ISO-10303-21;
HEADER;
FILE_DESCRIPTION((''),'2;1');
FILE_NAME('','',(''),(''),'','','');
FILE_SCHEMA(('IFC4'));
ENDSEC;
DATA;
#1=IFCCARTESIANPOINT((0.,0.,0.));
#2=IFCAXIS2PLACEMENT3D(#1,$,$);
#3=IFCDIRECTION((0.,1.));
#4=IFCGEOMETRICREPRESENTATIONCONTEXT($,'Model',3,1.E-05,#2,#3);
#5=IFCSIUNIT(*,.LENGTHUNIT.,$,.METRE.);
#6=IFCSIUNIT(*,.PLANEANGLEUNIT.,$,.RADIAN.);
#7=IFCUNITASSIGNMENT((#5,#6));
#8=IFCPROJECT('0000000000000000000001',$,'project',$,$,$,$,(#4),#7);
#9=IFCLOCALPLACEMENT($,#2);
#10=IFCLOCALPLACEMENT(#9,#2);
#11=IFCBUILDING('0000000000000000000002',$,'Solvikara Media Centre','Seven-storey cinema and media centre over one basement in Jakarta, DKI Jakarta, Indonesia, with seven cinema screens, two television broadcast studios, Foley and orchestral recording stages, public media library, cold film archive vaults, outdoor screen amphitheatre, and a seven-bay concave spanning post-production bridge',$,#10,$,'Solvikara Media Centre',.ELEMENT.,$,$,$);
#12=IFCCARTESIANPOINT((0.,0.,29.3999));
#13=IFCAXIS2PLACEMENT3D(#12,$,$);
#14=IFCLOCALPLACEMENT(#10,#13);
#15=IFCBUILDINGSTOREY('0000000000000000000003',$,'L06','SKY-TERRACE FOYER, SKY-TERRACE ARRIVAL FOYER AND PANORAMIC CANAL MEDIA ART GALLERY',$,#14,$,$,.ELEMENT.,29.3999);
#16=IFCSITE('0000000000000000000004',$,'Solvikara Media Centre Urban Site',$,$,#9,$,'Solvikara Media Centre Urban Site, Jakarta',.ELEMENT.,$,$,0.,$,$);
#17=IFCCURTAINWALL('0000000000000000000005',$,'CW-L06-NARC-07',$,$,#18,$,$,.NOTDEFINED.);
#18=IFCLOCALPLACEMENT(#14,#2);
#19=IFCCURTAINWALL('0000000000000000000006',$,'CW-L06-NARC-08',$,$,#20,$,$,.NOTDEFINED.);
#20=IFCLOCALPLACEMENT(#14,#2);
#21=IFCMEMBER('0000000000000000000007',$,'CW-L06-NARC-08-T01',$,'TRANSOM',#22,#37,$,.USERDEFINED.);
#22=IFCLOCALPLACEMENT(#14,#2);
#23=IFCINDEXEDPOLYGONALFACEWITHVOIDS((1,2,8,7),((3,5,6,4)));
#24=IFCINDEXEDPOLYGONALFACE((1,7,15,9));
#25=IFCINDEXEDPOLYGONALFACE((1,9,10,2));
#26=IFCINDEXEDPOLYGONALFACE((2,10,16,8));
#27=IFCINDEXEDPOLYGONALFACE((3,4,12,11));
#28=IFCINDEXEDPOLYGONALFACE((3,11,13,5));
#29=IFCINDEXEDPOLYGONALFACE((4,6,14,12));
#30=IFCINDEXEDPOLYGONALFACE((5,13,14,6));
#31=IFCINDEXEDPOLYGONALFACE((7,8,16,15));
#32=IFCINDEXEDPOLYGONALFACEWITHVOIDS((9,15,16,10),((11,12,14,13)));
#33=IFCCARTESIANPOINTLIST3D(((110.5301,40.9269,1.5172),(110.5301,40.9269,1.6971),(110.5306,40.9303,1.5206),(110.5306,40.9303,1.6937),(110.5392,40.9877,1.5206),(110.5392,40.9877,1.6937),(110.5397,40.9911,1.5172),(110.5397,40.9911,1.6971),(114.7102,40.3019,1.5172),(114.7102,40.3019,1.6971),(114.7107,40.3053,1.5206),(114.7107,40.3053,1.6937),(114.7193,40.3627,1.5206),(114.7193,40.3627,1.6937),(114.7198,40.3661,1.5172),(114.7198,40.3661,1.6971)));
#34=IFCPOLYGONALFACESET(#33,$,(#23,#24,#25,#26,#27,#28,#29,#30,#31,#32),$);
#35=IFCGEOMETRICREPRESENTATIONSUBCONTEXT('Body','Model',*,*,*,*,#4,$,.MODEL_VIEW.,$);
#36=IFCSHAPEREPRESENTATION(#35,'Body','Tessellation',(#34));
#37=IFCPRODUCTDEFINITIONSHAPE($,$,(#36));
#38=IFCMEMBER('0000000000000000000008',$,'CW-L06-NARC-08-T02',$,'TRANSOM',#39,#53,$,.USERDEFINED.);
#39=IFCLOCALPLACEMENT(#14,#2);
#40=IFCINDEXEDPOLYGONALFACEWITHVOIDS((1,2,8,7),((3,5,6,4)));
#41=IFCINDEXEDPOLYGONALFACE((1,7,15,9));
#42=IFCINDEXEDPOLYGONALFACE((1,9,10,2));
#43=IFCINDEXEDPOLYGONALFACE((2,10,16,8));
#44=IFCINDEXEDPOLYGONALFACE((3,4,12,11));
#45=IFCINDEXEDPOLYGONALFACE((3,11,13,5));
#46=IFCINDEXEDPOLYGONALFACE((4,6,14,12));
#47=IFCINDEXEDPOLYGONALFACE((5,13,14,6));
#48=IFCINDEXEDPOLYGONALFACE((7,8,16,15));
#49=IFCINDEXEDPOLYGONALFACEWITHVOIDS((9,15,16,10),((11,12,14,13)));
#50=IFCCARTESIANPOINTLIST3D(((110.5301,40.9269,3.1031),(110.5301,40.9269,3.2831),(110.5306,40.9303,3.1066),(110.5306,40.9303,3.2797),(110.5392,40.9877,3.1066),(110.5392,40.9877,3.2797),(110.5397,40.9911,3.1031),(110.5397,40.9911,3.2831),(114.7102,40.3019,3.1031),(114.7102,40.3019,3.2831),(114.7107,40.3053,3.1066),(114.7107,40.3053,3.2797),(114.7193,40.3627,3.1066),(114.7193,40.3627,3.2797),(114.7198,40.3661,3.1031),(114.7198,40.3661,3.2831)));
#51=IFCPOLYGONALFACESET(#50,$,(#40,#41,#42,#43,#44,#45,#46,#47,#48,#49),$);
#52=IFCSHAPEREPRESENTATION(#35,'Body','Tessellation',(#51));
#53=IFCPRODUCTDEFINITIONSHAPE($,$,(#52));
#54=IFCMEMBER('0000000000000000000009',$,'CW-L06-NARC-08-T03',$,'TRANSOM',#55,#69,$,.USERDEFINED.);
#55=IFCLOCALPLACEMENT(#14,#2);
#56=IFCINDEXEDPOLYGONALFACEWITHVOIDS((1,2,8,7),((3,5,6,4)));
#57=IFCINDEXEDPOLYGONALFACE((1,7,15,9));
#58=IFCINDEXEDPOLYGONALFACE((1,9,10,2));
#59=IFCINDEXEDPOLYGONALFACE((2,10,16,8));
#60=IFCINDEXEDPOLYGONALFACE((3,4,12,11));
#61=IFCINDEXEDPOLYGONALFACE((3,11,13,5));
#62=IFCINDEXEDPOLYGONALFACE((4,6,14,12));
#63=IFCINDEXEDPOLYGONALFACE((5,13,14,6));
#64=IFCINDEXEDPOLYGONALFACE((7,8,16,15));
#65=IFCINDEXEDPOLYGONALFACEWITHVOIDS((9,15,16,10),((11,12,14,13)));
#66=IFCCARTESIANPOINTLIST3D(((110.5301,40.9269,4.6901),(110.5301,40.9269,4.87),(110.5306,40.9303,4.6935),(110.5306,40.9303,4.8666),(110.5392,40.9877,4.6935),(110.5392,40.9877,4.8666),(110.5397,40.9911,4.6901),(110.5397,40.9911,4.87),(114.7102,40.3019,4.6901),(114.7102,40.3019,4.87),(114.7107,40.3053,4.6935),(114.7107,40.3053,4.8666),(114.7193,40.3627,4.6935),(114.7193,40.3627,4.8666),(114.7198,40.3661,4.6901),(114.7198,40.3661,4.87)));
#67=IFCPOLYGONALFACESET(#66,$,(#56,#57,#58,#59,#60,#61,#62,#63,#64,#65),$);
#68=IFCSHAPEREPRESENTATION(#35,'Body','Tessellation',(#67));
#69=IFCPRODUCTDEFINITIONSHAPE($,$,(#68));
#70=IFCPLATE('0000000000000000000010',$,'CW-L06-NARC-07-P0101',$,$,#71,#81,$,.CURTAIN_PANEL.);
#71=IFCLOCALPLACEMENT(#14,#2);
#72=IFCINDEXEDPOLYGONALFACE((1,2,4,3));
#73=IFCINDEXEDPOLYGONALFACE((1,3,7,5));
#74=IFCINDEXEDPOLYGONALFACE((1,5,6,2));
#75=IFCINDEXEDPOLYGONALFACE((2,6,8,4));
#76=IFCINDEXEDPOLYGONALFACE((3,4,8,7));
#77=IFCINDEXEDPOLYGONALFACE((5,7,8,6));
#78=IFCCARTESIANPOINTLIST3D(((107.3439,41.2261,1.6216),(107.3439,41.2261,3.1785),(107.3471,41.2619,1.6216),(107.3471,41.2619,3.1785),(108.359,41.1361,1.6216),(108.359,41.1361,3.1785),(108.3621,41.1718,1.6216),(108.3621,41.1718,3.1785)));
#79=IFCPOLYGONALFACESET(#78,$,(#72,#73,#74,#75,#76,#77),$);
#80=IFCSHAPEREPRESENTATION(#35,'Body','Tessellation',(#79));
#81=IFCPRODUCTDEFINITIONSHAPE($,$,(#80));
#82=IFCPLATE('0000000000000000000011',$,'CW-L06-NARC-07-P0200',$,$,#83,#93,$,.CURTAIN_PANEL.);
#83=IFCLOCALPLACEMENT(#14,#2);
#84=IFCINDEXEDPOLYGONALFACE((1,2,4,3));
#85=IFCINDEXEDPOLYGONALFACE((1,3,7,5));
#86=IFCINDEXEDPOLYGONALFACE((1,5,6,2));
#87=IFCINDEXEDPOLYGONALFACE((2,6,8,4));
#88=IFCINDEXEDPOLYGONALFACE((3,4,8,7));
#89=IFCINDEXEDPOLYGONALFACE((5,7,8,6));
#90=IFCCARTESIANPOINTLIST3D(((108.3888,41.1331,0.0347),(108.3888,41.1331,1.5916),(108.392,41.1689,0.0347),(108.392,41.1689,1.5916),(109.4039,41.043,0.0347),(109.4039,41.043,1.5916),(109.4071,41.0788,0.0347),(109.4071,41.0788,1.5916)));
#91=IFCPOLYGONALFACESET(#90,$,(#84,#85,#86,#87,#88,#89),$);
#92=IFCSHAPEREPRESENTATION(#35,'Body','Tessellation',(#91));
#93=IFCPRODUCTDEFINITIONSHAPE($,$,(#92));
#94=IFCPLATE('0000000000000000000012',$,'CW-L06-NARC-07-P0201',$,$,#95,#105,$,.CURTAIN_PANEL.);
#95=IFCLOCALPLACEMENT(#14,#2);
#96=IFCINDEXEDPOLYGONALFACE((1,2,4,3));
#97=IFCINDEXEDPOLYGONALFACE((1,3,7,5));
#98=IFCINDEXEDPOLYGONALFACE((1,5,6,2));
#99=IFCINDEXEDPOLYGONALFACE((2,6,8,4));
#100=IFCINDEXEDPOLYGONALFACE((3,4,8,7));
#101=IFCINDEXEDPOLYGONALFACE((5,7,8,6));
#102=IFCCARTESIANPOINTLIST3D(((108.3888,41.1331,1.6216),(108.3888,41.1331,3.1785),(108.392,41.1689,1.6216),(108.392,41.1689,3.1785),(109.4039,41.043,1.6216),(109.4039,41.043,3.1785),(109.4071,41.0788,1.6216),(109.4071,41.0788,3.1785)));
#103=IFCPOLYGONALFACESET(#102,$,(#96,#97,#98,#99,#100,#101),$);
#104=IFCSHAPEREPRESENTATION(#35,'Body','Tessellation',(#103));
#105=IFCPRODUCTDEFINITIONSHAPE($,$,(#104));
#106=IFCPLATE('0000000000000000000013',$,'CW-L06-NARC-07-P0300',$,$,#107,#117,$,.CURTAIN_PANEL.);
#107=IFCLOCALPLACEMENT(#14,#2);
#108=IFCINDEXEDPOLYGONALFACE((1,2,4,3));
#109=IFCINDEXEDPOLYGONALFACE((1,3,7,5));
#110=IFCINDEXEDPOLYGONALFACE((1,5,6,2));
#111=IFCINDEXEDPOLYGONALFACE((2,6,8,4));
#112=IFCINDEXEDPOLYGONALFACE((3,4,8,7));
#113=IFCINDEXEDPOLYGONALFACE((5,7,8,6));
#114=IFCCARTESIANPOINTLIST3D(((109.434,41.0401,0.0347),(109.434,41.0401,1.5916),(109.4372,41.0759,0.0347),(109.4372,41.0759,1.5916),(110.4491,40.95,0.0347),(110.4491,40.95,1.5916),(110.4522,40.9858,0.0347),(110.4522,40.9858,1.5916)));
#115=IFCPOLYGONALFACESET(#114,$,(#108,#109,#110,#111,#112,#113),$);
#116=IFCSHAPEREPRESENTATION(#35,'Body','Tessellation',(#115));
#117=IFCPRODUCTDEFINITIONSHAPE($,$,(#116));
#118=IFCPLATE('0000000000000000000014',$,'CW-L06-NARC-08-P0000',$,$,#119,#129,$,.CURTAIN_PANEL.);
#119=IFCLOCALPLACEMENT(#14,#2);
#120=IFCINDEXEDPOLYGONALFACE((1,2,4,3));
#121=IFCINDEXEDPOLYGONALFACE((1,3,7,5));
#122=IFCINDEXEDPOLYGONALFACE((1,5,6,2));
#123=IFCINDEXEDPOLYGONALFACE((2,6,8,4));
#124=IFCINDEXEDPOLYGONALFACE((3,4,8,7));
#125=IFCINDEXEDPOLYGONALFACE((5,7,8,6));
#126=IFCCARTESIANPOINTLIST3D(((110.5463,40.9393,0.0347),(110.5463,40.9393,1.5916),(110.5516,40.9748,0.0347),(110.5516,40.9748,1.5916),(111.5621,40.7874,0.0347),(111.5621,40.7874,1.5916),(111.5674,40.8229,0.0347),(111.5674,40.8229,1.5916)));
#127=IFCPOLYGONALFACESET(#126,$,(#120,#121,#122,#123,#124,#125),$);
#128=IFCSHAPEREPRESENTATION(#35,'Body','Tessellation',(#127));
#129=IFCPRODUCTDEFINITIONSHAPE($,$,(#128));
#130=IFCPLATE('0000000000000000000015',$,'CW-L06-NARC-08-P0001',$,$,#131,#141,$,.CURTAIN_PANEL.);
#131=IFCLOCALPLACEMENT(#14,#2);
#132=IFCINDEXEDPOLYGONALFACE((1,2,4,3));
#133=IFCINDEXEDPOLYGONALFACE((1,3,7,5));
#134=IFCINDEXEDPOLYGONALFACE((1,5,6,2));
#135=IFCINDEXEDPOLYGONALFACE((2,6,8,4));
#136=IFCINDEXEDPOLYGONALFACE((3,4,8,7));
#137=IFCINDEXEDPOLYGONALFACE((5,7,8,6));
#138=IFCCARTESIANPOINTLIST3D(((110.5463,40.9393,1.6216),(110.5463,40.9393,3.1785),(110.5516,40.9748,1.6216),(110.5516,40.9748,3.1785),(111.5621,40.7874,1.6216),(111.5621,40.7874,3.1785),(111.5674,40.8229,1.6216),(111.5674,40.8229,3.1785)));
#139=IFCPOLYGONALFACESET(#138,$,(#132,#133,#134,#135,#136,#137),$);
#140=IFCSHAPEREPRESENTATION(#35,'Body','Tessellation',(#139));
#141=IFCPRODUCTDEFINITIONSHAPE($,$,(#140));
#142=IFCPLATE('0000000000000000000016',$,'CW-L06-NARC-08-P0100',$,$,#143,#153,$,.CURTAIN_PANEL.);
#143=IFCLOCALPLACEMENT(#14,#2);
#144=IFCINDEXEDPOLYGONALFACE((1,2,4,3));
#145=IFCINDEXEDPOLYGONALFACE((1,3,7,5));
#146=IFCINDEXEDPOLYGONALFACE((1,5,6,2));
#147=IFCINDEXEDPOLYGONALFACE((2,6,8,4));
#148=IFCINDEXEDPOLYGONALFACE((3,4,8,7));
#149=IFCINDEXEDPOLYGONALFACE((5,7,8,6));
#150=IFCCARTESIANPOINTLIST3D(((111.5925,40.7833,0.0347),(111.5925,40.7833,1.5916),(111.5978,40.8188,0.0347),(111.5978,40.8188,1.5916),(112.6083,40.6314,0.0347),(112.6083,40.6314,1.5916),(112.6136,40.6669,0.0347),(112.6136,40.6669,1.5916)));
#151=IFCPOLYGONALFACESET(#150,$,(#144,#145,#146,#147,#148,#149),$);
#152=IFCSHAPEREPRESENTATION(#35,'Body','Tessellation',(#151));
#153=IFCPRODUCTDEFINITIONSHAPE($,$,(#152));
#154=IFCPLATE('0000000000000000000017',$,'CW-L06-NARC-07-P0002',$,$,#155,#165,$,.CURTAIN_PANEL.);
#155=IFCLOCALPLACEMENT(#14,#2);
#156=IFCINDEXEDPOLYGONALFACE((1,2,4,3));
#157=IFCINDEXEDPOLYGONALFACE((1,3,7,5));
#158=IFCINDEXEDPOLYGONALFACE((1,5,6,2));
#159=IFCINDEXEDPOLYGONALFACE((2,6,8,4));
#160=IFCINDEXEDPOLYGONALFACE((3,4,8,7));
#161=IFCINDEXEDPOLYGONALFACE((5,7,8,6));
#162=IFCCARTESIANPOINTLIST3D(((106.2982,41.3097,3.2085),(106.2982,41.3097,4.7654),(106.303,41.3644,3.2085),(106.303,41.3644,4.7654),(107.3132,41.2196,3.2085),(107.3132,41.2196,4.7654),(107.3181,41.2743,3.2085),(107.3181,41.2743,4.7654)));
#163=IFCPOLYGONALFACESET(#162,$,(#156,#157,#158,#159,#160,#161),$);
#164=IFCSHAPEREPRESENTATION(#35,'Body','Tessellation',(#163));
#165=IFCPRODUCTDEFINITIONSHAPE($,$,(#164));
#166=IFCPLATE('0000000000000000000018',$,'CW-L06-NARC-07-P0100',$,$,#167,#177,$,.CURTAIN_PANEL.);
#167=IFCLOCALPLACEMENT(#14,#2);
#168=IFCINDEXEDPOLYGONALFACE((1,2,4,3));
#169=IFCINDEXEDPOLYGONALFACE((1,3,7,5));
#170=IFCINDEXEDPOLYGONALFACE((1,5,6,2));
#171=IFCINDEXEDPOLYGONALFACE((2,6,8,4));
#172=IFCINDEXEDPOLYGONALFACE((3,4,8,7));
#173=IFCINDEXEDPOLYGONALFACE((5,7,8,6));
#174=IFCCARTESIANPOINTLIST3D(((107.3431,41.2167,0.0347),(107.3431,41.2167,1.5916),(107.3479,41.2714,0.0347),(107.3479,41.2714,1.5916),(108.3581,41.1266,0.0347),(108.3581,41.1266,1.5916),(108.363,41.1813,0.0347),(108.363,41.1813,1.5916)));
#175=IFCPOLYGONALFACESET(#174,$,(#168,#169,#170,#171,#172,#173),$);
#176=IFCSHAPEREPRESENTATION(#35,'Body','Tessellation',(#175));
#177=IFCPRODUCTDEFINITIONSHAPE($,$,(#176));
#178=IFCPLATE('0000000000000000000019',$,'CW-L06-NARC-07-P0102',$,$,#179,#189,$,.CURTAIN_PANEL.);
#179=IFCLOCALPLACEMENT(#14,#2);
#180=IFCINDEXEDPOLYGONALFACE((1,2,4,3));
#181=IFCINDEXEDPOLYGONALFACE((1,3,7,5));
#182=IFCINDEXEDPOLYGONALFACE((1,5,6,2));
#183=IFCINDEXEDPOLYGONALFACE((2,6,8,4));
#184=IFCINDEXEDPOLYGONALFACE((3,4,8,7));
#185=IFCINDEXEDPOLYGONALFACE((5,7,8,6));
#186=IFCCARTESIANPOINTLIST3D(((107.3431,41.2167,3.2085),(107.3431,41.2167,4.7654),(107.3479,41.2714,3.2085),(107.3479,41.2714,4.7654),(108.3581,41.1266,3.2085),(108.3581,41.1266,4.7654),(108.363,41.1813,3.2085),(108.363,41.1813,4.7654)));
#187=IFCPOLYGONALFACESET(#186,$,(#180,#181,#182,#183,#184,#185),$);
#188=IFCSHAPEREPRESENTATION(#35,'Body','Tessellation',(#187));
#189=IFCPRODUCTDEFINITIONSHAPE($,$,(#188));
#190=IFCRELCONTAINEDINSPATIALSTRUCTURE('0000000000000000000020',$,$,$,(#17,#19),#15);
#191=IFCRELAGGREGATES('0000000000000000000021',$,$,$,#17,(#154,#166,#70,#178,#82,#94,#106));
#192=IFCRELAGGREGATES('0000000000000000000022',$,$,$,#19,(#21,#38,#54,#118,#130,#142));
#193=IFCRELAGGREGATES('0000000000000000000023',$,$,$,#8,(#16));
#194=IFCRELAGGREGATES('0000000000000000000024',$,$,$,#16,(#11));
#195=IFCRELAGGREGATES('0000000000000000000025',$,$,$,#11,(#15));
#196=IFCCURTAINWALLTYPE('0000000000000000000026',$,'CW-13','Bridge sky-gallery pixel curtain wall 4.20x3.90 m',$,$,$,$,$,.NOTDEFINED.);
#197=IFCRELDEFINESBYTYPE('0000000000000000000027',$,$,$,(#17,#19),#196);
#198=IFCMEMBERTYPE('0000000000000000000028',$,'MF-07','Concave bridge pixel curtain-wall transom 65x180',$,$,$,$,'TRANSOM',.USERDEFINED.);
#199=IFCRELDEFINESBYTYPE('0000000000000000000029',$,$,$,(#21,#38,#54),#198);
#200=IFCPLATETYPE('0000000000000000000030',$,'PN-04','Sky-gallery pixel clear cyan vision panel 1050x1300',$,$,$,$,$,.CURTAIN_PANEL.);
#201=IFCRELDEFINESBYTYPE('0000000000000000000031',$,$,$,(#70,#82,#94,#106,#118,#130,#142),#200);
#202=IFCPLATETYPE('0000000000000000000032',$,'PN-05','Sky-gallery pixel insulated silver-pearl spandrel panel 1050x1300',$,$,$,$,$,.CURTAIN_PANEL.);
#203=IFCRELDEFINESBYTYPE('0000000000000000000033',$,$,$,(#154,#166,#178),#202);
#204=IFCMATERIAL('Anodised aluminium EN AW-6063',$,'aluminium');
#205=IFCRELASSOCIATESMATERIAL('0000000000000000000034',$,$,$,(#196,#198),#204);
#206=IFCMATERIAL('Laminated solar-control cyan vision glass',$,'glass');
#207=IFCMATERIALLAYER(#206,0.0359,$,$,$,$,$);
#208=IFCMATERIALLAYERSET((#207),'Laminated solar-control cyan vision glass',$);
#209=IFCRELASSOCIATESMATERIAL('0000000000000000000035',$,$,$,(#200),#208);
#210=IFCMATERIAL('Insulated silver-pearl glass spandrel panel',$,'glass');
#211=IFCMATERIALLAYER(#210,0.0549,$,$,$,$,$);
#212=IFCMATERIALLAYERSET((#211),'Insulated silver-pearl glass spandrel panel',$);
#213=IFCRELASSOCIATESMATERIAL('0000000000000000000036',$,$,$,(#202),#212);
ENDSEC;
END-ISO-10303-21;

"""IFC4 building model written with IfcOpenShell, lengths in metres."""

from ifc_helpers import new_model, si_unit, direction, frame, origin, origin_2d, place, context, subcontext, project, spatial, rectangle, hollow_rectangle, extrude, material, layer, layer_set, material_profile, profile_set, type_object, element, aggregate, save


model = new_model("IFC4")

# Units and contexts
model_context = context("Model", 3, precision=1e-05, world=origin(), true_north=direction((0.0, 1.0)))
body_context = subcontext(model_context, "Body", "Model", "MODEL_VIEW")
ifc_project = project(units=[si_unit("LENGTHUNIT", "METRE"), si_unit("PLANEANGLEUNIT", "RADIAN")], contexts=[model_context])

# Site, building, storey
site_placement = place(None, origin())
site = spatial("IfcSite", under=ifc_project, at=site_placement, Name="Solvikara Media Centre Urban Site", LongName="Solvikara Media Centre Urban Site, Jakarta", CompositionType="ELEMENT", RefElevation=0.0)
building_placement = place(site_placement, origin())
building = spatial("IfcBuilding", under=site, at=building_placement, Name="Solvikara Media Centre", Description="Seven-storey cinema and media centre over one basement in Jakarta, DKI Jakarta, Indonesia, with seven cinema screens, two television broadcast studios, Foley and orchestral recording stages, public media library, cold film archive vaults, outdoor screen amphitheatre, and a seven-bay concave spanning post-production bridge", LongName="Solvikara Media Centre", CompositionType="ELEMENT")
storey_placement = place(building_placement, frame((0.0, 0.0, 29.3999)))
storey = spatial("IfcBuildingStorey", under=building, at=storey_placement, Name="L06", Description="SKY-TERRACE FOYER, SKY-TERRACE ARRIVAL FOYER AND PANORAMIC CANAL MEDIA ART GALLERY", CompositionType="ELEMENT", Elevation=29.3999)

# Curtain walls, members
ifc_material_1 = material(Name="Anodised aluminium EN AW-6063", Category="aluminium")
curtain_wall_type = type_object("IfcCurtainWallType", Name="CW-13", Description="Bridge sky-gallery pixel curtain wall 4.20x3.90 m", PredefinedType="NOTDEFINED", material=ifc_material_1)
curtain_wall_1_placement = place(storey_placement, origin())
curtain_wall_1 = element("IfcCurtainWall", 1, at=curtain_wall_1_placement, inside=storey, type_object=curtain_wall_type, Name="CW-L06-NARC-07", PredefinedType="NOTDEFINED")
curtain_wall_2_placement = place(storey_placement, origin())
curtain_wall_2 = element("IfcCurtainWall", 2, at=curtain_wall_2_placement, inside=storey, type_object=curtain_wall_type, Name="CW-L06-NARC-08", PredefinedType="NOTDEFINED")
ifc_material_profile_1 = material_profile(ifc_material_1, hollow_rectangle(XDim=0.0649, YDim=0.1799, WallThickness=0.0034, at=origin_2d()), Name="ALU-T 65x180x3.5")
ifc_profile_set_1 = profile_set([ifc_material_profile_1], Name="Anodised aluminium EN AW-6063")
member_type_1 = type_object("IfcMemberType", Name="MF-07", Description="Concave bridge pixel curtain-wall transom 65x180", ElementType="TRANSOM", PredefinedType="USERDEFINED", material=ifc_profile_set_1)
member_1_placement = place(storey_placement, frame((110.5349, 40.959, 1.6072), z_axis=(0.989007, -0.147872, 0.0), x_axis=(0.147872, 0.989007, 0.0)))
member_1 = element("IfcMember", 3, at=member_1_placement, type_object=member_type_1, Name="CW-L06-NARC-08-T01", ObjectType="TRANSOM", PredefinedType="USERDEFINED", context=body_context, shape_type="SweptSolid", body=[
    extrude(hollow_rectangle(XDim=0.0649, YDim=0.1799, WallThickness=0.0034, at=origin_2d()), origin(), (0.0, 0.0, 1.0), 4.2266),
])
member_2_placement = place(storey_placement, frame((110.5349, 40.959, 3.1931), z_axis=(0.989007, -0.147872, 0.0), x_axis=(0.147872, 0.989007, 0.0)))
member_2 = element("IfcMember", 4, at=member_2_placement, type_object=member_type_1, Name="CW-L06-NARC-08-T02", ObjectType="TRANSOM", PredefinedType="USERDEFINED", context=body_context, shape_type="SweptSolid", body=[
    extrude(hollow_rectangle(XDim=0.0649, YDim=0.1799, WallThickness=0.0034, at=origin_2d()), origin(), (0.0, 0.0, 1.0), 4.2266),
])
member_3_placement = place(storey_placement, frame((110.5349, 40.959, 4.78), z_axis=(0.989007, -0.147872, 0.0), x_axis=(0.147872, 0.989007, 0.0)))
member_3 = element("IfcMember", 5, at=member_3_placement, type_object=member_type_1, Name="CW-L06-NARC-08-T03", ObjectType="TRANSOM", PredefinedType="USERDEFINED", context=body_context, shape_type="SweptSolid", body=[
    extrude(hollow_rectangle(XDim=0.0649, YDim=0.1799, WallThickness=0.0034, at=origin_2d()), origin(), (0.0, 0.0, 1.0), 4.2266),
])

# Plates
ifc_material_2 = material(Name="Laminated solar-control cyan vision glass", Category="glass")
ifc_layer_1 = layer(ifc_material_2, 0.0359)
ifc_layer_set_1 = layer_set([ifc_layer_1], Name="Laminated solar-control cyan vision glass")
plate_type_1 = type_object("IfcPlateType", Name="PN-04", Description="Sky-gallery pixel clear cyan vision panel 1050x1300", PredefinedType="CURTAIN_PANEL", material=ifc_layer_set_1)
plate_1_placement = place(storey_placement, frame((107.853, 41.199, 1.6216), z_axis=(0.0, 0.0, 1.0), x_axis=(0.996084, -0.088408, 0.0)))
plate_1 = element("IfcPlate", 6, at=plate_1_placement, type_object=plate_type_1, Name="CW-L06-NARC-07-P0101", PredefinedType="CURTAIN_PANEL", context=body_context, shape_type="SweptSolid", body=[
    extrude(rectangle(XDim=1.019, YDim=0.0359, at=origin_2d()), origin(), (0.0, 0.0, 1.0), 1.5569),
])
plate_2_placement = place(storey_placement, frame((108.8979, 41.106, 0.0347), z_axis=(0.0, 0.0, 1.0), x_axis=(0.996084, -0.088408, 0.0)))
plate_2 = element("IfcPlate", 7, at=plate_2_placement, type_object=plate_type_1, Name="CW-L06-NARC-07-P0200", PredefinedType="CURTAIN_PANEL", context=body_context, shape_type="SweptSolid", body=[
    extrude(rectangle(XDim=1.019, YDim=0.0359, at=origin_2d()), origin(), (0.0, 0.0, 1.0), 1.5569),
])
plate_3_placement = place(storey_placement, frame((108.8979, 41.106, 1.6216), z_axis=(0.0, 0.0, 1.0), x_axis=(0.996084, -0.088408, 0.0)))
plate_3 = element("IfcPlate", 8, at=plate_3_placement, type_object=plate_type_1, Name="CW-L06-NARC-07-P0201", PredefinedType="CURTAIN_PANEL", context=body_context, shape_type="SweptSolid", body=[
    extrude(rectangle(XDim=1.019, YDim=0.0359, at=origin_2d()), origin(), (0.0, 0.0, 1.0), 1.5569),
])
plate_4_placement = place(storey_placement, frame((109.9431, 41.0129, 0.0347), z_axis=(0.0, 0.0, 1.0), x_axis=(0.996084, -0.088408, 0.0)))
plate_4 = element("IfcPlate", 9, at=plate_4_placement, type_object=plate_type_1, Name="CW-L06-NARC-07-P0300", PredefinedType="CURTAIN_PANEL", context=body_context, shape_type="SweptSolid", body=[
    extrude(rectangle(XDim=1.019, YDim=0.0359, at=origin_2d()), origin(), (0.0, 0.0, 1.0), 1.5569),
])
plate_5_placement = place(storey_placement, frame((111.0569, 40.8811, 0.0347), z_axis=(0.0, 0.0, 1.0), x_axis=(0.989006, -0.147878, 0.0)))
plate_5 = element("IfcPlate", 10, at=plate_5_placement, type_object=plate_type_1, Name="CW-L06-NARC-08-P0000", PredefinedType="CURTAIN_PANEL", context=body_context, shape_type="SweptSolid", body=[
    extrude(rectangle(XDim=1.0271, YDim=0.0359, at=origin_2d()), origin(), (0.0, 0.0, 1.0), 1.5569),
])
plate_6_placement = place(storey_placement, frame((111.0569, 40.8811, 1.6216), z_axis=(0.0, 0.0, 1.0), x_axis=(0.989006, -0.147878, 0.0)))
plate_6 = element("IfcPlate", 11, at=plate_6_placement, type_object=plate_type_1, Name="CW-L06-NARC-08-P0001", PredefinedType="CURTAIN_PANEL", context=body_context, shape_type="SweptSolid", body=[
    extrude(rectangle(XDim=1.0271, YDim=0.0359, at=origin_2d()), origin(), (0.0, 0.0, 1.0), 1.5569),
])
plate_7_placement = place(storey_placement, frame((112.103, 40.7251, 0.0347), z_axis=(0.0, 0.0, 1.0), x_axis=(0.989006, -0.147878, 0.0)))
plate_7 = element("IfcPlate", 12, at=plate_7_placement, type_object=plate_type_1, Name="CW-L06-NARC-08-P0100", PredefinedType="CURTAIN_PANEL", context=body_context, shape_type="SweptSolid", body=[
    extrude(rectangle(XDim=1.0271, YDim=0.0359, at=origin_2d()), origin(), (0.0, 0.0, 1.0), 1.5569),
])
ifc_material_3 = material(Name="Insulated silver-pearl glass spandrel panel", Category="glass")
ifc_layer_2 = layer(ifc_material_3, 0.0549)
ifc_layer_set_2 = layer_set([ifc_layer_2], Name="Insulated silver-pearl glass spandrel panel")
plate_type_2 = type_object("IfcPlateType", Name="PN-05", Description="Sky-gallery pixel insulated silver-pearl spandrel panel 1050x1300", PredefinedType="CURTAIN_PANEL", material=ifc_layer_set_2)
plate_8_placement = place(storey_placement, frame((106.8081, 41.292, 3.2085), z_axis=(0.0, 0.0, 1.0), x_axis=(0.996084, -0.088408, 0.0)))
plate_8 = element("IfcPlate", 13, at=plate_8_placement, type_object=plate_type_2, Name="CW-L06-NARC-07-P0002", PredefinedType="CURTAIN_PANEL", context=body_context, shape_type="SweptSolid", body=[
    extrude(rectangle(XDim=1.019, YDim=0.0549, at=origin_2d()), origin(), (0.0, 0.0, 1.0), 1.5569),
])
plate_9_placement = place(storey_placement, frame((107.853, 41.199, 0.0347), z_axis=(0.0, 0.0, 1.0), x_axis=(0.996084, -0.088408, 0.0)))
plate_9 = element("IfcPlate", 14, at=plate_9_placement, type_object=plate_type_2, Name="CW-L06-NARC-07-P0100", PredefinedType="CURTAIN_PANEL", context=body_context, shape_type="SweptSolid", body=[
    extrude(rectangle(XDim=1.019, YDim=0.0549, at=origin_2d()), origin(), (0.0, 0.0, 1.0), 1.5569),
])
plate_10_placement = place(storey_placement, frame((107.853, 41.199, 3.2085), z_axis=(0.0, 0.0, 1.0), x_axis=(0.996084, -0.088408, 0.0)))
plate_10 = element("IfcPlate", 15, at=plate_10_placement, type_object=plate_type_2, Name="CW-L06-NARC-07-P0102", PredefinedType="CURTAIN_PANEL", context=body_context, shape_type="SweptSolid", body=[
    extrude(rectangle(XDim=1.019, YDim=0.0549, at=origin_2d()), origin(), (0.0, 0.0, 1.0), 1.5569),
])
aggregate(curtain_wall_1, [plate_8, plate_9, plate_1, plate_10, plate_2, plate_3, plate_4])
aggregate(curtain_wall_2, [member_1, member_2, member_3, plate_5, plate_6, plate_7])

save(model, "model.ifc")
